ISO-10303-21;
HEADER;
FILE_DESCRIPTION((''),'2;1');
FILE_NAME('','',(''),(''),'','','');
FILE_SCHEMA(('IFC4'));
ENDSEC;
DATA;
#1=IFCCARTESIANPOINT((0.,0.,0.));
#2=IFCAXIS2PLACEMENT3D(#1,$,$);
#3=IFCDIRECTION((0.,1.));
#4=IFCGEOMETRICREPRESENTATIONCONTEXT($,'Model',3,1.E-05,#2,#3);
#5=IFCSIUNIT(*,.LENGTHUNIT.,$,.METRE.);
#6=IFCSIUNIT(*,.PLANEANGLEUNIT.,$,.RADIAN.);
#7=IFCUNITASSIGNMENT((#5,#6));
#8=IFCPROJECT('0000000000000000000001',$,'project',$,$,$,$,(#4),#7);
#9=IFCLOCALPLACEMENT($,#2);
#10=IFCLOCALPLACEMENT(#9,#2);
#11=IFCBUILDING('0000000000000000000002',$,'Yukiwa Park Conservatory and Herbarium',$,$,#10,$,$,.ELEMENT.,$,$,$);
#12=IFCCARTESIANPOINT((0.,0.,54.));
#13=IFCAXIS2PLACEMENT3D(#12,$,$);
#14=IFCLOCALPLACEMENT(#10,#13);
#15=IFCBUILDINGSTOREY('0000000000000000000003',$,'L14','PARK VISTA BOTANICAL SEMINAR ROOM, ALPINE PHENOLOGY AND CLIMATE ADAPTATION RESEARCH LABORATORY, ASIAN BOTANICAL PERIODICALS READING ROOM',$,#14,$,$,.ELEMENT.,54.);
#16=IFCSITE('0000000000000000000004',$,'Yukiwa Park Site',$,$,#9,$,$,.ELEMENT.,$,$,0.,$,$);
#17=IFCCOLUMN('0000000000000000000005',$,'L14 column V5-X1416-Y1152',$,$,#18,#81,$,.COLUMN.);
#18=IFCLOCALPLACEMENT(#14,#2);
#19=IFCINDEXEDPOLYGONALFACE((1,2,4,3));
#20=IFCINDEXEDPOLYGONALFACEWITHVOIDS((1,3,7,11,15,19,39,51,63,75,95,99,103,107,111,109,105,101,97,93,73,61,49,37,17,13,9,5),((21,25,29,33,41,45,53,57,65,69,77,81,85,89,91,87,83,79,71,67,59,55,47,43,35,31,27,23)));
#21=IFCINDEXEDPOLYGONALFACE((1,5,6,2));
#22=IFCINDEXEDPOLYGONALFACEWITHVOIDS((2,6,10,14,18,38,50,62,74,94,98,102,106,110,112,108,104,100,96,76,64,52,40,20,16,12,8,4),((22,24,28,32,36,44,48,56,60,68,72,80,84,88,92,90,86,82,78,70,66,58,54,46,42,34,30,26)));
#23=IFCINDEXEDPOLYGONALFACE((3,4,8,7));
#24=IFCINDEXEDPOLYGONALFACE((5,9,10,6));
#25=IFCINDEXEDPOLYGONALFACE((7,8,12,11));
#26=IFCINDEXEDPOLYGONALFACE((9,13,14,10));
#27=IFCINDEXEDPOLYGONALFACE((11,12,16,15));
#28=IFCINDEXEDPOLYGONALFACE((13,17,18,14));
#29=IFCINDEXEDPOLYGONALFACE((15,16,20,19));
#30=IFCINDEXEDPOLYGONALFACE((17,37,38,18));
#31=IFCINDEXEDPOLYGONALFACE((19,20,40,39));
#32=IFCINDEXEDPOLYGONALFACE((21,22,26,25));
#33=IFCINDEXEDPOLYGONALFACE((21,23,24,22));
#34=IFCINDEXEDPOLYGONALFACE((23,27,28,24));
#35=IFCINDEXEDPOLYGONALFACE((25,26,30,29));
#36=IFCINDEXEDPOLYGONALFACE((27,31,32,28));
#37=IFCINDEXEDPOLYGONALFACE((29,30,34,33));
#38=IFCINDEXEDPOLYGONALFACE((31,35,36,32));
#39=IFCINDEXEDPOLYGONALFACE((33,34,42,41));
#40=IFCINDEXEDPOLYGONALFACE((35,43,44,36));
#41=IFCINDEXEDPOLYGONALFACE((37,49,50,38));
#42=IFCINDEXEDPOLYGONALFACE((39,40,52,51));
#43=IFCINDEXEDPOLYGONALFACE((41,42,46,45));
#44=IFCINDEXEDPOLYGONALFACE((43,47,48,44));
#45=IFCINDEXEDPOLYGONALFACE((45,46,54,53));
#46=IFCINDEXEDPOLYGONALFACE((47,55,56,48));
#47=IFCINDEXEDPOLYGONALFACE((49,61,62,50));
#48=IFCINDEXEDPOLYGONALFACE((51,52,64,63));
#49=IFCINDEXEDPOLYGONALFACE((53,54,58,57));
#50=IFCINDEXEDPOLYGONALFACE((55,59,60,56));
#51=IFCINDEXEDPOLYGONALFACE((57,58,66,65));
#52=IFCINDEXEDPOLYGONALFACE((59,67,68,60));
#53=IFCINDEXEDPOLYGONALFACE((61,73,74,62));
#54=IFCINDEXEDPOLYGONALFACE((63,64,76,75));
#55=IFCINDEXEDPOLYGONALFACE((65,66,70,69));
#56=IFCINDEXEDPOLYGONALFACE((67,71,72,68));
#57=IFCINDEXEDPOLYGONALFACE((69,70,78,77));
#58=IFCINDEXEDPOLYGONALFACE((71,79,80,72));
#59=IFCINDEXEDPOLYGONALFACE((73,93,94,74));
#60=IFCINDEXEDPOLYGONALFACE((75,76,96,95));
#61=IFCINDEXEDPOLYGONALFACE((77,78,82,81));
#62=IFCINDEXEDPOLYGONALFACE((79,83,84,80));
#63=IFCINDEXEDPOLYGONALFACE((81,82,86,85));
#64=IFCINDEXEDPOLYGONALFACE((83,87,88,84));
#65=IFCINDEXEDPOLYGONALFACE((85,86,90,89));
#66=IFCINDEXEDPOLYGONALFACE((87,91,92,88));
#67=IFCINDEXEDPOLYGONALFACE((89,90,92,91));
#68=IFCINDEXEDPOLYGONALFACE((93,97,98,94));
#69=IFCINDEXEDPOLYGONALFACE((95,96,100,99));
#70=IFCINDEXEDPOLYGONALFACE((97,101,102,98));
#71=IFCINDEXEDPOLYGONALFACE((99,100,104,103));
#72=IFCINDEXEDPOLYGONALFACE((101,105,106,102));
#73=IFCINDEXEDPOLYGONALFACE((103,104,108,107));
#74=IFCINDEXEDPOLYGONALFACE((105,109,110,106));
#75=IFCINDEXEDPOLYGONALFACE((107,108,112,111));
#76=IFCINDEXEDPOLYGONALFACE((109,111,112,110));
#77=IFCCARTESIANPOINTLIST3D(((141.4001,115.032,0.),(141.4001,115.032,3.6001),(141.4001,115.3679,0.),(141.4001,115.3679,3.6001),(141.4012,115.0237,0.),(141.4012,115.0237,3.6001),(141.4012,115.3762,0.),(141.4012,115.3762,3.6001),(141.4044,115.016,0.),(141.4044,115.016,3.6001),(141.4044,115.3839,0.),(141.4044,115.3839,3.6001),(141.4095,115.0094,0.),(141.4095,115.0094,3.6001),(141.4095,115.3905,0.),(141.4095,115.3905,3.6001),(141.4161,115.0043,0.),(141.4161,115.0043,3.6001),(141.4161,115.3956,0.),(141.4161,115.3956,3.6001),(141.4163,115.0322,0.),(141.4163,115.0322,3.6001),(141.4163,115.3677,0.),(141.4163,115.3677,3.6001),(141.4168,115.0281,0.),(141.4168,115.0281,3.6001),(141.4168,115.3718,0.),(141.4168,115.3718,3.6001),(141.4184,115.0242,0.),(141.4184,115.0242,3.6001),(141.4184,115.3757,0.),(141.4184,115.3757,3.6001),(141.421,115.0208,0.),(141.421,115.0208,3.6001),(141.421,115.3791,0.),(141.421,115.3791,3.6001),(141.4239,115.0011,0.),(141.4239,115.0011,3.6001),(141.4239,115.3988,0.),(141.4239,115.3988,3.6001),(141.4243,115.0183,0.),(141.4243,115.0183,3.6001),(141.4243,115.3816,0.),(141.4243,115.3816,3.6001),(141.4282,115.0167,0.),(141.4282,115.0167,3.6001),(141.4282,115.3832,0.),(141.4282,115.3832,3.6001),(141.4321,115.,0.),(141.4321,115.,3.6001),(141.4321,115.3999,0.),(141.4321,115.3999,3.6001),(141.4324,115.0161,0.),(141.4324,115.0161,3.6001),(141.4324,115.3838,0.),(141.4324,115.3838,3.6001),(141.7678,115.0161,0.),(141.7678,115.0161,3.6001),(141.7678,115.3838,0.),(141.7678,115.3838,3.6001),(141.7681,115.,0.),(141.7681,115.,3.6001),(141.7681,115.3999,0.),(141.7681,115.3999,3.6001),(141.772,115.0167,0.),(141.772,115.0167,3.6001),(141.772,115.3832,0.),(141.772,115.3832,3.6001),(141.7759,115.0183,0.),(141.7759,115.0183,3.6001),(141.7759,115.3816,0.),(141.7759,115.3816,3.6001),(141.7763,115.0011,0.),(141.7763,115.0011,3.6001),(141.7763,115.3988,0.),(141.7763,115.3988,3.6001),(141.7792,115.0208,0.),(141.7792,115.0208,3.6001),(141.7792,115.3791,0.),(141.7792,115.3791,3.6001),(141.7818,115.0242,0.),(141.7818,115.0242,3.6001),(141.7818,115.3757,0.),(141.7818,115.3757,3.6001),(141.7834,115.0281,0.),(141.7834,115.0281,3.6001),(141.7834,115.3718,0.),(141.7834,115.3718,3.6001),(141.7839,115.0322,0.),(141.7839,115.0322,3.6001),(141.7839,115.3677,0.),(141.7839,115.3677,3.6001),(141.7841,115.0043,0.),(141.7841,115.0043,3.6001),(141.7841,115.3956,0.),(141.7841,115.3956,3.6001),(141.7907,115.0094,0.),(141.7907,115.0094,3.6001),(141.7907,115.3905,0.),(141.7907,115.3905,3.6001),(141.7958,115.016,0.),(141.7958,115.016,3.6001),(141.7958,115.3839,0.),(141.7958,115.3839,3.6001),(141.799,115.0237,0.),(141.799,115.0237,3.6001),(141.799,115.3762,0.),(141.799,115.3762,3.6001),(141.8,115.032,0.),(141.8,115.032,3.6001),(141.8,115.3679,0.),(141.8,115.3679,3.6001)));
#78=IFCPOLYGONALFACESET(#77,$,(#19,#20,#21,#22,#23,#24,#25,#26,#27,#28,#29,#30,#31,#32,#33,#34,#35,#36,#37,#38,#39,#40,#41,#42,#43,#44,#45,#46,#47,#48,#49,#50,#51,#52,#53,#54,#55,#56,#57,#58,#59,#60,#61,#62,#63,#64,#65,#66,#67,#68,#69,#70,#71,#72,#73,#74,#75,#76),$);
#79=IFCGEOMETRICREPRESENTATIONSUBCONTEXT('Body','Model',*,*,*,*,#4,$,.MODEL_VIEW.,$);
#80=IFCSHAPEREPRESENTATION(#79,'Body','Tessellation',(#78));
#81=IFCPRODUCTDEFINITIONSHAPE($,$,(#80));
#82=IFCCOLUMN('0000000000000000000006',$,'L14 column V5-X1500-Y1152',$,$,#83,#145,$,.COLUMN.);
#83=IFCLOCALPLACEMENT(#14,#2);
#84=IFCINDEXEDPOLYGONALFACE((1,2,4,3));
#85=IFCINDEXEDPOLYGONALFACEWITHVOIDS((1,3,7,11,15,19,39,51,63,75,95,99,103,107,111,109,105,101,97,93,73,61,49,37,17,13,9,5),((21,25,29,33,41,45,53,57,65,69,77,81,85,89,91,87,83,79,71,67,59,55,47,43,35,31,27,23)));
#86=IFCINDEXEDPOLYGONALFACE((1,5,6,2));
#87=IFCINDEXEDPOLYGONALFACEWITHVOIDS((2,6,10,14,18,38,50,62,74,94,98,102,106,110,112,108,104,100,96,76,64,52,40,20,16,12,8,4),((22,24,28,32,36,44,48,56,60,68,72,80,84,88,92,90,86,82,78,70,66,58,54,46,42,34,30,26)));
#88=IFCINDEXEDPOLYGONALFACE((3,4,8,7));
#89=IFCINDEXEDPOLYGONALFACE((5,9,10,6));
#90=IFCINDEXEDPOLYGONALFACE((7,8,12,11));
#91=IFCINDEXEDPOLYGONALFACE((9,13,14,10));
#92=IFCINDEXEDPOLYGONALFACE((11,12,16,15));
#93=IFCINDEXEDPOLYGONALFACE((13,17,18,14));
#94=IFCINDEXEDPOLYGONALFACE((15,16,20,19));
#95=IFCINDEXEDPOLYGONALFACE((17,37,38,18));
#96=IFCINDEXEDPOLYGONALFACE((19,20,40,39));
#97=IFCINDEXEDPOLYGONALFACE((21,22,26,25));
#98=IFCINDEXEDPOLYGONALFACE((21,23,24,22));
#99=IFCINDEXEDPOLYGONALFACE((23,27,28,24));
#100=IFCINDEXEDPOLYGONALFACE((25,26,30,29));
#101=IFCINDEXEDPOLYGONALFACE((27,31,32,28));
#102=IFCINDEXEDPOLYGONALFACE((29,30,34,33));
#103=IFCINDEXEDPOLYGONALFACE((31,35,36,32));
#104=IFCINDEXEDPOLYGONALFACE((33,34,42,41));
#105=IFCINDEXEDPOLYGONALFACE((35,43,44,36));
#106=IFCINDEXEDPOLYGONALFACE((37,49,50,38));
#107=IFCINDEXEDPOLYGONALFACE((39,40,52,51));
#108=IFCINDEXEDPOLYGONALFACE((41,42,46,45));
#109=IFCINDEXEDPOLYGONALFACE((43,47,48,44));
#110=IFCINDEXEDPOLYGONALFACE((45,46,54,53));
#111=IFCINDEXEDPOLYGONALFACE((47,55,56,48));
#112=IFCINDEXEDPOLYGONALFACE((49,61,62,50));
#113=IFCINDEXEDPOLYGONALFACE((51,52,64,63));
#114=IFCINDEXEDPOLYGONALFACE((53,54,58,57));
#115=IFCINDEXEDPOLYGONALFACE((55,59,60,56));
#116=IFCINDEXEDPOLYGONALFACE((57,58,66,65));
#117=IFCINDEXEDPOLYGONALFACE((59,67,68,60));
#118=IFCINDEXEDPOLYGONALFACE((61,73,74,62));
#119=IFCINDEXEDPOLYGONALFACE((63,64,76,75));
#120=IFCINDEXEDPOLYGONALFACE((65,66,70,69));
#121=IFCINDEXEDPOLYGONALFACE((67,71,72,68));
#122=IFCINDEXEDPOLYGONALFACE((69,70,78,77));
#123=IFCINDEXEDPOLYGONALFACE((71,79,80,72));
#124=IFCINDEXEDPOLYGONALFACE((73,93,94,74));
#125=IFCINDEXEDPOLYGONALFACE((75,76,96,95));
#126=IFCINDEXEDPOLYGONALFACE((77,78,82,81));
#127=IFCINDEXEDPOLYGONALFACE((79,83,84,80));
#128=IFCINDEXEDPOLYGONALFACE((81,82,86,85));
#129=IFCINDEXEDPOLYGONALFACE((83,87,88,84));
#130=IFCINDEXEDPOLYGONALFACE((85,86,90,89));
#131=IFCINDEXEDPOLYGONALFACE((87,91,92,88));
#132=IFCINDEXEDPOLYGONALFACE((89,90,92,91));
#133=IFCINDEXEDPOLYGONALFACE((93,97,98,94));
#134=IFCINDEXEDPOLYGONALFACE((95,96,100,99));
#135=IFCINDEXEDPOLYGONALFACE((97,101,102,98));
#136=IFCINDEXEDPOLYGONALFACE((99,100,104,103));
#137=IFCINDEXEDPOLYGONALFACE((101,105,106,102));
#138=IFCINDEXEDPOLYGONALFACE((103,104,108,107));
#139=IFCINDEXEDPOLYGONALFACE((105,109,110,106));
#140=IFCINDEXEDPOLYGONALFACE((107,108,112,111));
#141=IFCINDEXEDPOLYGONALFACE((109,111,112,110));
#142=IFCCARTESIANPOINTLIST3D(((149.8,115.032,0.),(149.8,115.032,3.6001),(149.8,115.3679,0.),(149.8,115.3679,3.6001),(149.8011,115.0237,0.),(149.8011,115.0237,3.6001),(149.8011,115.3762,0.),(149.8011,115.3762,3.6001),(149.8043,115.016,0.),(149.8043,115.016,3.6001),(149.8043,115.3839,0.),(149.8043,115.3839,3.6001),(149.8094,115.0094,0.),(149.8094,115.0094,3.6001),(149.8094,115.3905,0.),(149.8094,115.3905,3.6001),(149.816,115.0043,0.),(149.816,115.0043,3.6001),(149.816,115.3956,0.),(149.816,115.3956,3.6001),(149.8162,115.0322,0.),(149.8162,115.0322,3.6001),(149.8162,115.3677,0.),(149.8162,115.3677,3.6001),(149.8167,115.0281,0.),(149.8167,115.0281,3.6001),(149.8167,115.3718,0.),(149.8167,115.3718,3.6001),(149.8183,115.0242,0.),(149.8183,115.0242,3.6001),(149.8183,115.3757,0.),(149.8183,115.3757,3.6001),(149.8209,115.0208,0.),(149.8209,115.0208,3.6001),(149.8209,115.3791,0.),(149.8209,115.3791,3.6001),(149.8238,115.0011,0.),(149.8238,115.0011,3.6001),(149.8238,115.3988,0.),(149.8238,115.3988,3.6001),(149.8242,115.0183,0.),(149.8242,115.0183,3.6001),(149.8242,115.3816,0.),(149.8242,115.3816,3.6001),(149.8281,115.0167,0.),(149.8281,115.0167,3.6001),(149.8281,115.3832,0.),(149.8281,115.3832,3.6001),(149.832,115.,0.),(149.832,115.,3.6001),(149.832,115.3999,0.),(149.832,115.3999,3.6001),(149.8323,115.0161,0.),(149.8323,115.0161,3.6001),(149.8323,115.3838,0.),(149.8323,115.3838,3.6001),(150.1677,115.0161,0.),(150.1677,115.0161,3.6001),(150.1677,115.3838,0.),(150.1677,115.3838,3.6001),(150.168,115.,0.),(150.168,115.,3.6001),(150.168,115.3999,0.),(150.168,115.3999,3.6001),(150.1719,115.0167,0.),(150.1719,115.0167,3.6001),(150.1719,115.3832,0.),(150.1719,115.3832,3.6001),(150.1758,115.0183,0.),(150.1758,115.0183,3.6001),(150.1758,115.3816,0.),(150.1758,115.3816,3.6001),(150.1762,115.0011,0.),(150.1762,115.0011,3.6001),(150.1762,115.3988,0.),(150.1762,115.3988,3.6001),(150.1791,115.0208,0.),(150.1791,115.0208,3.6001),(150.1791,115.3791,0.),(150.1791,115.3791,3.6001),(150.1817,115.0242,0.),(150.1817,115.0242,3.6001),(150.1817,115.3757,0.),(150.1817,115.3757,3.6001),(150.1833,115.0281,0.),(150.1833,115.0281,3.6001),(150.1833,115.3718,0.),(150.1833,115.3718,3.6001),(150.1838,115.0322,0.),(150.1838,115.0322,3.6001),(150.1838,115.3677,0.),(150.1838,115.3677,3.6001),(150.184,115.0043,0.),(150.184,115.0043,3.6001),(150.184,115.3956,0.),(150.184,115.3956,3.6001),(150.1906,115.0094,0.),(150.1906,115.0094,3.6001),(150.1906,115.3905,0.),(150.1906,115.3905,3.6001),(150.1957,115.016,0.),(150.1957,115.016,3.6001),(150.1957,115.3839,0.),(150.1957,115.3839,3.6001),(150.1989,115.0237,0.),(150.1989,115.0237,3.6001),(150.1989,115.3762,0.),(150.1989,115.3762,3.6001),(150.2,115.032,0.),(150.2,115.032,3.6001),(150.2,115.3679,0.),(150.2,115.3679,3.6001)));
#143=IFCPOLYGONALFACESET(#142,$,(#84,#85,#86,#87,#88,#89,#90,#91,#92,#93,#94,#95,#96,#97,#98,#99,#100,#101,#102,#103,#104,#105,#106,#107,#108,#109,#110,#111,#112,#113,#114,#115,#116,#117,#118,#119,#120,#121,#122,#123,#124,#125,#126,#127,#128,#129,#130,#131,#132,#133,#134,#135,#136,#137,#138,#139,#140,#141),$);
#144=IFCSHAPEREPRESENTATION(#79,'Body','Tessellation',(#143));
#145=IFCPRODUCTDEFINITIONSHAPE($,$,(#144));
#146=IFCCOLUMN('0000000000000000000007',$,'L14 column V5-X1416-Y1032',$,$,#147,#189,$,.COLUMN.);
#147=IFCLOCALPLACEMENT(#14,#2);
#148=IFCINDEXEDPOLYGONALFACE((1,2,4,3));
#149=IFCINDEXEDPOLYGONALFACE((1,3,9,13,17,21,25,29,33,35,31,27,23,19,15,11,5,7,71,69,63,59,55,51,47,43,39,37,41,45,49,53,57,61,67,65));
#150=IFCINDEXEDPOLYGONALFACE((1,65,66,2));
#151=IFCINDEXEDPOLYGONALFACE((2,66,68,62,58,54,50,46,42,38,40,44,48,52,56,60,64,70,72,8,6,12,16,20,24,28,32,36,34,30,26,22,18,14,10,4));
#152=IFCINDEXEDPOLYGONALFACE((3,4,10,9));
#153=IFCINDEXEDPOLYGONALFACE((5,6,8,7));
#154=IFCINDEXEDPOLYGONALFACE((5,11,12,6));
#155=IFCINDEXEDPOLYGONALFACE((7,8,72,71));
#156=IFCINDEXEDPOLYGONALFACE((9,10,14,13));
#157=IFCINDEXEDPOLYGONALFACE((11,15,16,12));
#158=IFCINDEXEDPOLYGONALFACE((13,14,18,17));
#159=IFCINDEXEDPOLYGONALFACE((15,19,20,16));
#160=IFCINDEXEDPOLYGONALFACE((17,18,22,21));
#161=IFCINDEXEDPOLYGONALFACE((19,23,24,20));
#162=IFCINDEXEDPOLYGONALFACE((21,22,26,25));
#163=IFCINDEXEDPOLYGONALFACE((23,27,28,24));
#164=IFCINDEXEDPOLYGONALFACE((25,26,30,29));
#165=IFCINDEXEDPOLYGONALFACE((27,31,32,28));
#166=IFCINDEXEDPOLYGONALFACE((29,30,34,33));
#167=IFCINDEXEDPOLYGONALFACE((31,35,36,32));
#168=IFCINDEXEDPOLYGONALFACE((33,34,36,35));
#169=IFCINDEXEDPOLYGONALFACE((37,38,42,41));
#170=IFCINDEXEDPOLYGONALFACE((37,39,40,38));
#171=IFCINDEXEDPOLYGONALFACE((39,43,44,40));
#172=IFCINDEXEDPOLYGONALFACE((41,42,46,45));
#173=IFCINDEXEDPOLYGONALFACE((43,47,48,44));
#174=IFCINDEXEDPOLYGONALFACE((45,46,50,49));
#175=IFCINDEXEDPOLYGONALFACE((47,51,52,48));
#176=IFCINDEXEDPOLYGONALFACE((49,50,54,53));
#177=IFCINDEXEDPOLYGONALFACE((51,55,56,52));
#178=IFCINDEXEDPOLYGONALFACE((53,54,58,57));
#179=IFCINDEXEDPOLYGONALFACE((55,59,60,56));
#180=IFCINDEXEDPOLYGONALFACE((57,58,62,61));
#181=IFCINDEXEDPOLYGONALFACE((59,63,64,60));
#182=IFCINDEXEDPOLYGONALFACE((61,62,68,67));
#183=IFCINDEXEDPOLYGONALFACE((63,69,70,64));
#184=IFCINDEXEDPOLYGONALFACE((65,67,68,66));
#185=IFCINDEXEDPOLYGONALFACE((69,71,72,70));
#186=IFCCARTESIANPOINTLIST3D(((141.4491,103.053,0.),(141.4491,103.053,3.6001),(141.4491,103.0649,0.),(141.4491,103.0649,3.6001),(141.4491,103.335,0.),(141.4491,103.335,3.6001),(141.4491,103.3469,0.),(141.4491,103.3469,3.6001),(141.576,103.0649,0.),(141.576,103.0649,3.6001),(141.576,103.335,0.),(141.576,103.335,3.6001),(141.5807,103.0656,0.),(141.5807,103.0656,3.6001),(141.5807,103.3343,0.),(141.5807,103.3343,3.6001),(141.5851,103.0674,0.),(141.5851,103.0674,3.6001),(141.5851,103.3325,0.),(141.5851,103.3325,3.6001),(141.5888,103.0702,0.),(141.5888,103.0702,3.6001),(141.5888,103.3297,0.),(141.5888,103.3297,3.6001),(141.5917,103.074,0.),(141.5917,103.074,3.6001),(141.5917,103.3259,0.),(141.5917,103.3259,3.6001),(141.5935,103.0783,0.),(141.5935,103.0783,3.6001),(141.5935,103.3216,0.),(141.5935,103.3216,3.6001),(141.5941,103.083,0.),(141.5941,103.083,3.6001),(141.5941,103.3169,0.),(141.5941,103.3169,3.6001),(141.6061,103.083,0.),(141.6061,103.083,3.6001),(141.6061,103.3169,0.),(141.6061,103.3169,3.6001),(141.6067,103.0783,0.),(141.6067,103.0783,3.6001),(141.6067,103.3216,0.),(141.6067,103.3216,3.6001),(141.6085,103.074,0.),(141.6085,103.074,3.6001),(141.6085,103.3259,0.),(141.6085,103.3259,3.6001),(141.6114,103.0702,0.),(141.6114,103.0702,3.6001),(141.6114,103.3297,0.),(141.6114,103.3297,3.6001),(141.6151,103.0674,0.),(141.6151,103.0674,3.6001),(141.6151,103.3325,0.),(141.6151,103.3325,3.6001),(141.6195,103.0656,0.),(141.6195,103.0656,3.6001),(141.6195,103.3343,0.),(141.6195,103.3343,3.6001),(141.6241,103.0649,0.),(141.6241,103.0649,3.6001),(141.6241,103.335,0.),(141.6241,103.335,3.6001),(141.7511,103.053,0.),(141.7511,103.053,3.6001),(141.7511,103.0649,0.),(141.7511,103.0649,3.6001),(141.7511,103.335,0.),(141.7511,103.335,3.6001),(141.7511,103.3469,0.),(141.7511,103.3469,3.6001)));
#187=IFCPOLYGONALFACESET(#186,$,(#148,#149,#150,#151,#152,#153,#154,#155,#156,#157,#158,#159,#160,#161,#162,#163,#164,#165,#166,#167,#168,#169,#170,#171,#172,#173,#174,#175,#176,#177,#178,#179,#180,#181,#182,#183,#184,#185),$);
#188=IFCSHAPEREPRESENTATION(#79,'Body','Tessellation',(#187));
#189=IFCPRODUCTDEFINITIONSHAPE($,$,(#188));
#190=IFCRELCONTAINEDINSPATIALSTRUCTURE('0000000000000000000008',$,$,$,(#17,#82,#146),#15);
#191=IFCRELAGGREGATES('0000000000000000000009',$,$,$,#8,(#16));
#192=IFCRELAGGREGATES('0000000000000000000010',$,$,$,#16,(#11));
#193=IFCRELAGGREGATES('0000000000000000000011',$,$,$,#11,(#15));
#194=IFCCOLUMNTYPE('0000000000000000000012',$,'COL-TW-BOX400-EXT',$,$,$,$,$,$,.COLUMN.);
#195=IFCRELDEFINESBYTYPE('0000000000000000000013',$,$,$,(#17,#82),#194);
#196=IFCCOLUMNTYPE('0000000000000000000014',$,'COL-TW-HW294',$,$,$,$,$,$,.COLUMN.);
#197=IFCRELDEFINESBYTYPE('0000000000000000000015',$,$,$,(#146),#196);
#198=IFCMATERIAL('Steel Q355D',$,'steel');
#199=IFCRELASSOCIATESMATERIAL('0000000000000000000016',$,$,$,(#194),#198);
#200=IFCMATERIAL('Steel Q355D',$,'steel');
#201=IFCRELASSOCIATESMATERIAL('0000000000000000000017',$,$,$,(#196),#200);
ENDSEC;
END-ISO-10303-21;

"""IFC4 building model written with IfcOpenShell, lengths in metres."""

from ifc_helpers import new_model, si_unit, direction, frame, origin, origin_2d, place, context, subcontext, project, spatial, hollow_rectangle, i_section, extrude, material, material_profile, profile_set, type_object, element, save


model = new_model("IFC4")

# Units and contexts
model_context = context("Model", 3, precision=1e-05, world=origin(), true_north=direction((0.0, 1.0)))
body_context = subcontext(model_context, "Body", "Model", "MODEL_VIEW")
ifc_project = project(units=[si_unit("LENGTHUNIT", "METRE"), si_unit("PLANEANGLEUNIT", "RADIAN")], contexts=[model_context])

# Site, building, storey
site_placement = place(None, origin())
site = spatial("IfcSite", under=ifc_project, at=site_placement, Name="Yukiwa Park Site", CompositionType="ELEMENT", RefElevation=0.0)
building_placement = place(site_placement, origin())
building = spatial("IfcBuilding", under=site, at=building_placement, Name="Yukiwa Park Conservatory and Herbarium", CompositionType="ELEMENT")
storey_placement = place(building_placement, frame((0.0, 0.0, 54.0)))
storey = spatial("IfcBuildingStorey", under=building, at=storey_placement, Name="L14", Description="PARK VISTA BOTANICAL SEMINAR ROOM, ALPINE PHENOLOGY AND CLIMATE ADAPTATION RESEARCH LABORATORY, ASIAN BOTANICAL PERIODICALS READING ROOM", CompositionType="ELEMENT", Elevation=54.0)

# Columns
ifc_material_1 = material(Name="Steel Q355D", Category="steel")
ifc_material_profile_1 = material_profile(ifc_material_1, hollow_rectangle(XDim=0.3999, YDim=0.3999, WallThickness=0.0161, InnerFilletRadius=0.0161, OuterFilletRadius=0.032, at=origin_2d()), Name="BOX 400x400x16")
ifc_profile_set_1 = profile_set([ifc_material_profile_1], Name="Steel Q355D")
column_type_1 = type_object("IfcColumnType", Name="COL-TW-BOX400-EXT", PredefinedType="COLUMN", material=ifc_profile_set_1)
for number, where, z_axis, x_axis, name in (
    (1, (141.6001, 115.2, 0.0), (0.0, 0.0, 1.0), (1.0, 0.0, 0.0), "L14 column V5-X1416-Y1152"),
    (2, (150.0, 115.2, 0.0), (0.0, 0.0, 1.0), (1.0, 0.0, 0.0), "L14 column V5-X1500-Y1152"),
):
    element("IfcColumn", number, at=place(storey_placement, frame(where, z_axis=z_axis, x_axis=x_axis)), inside=storey, type_object=column_type_1, Name=name, PredefinedType="COLUMN", context=body_context, shape_type="SweptSolid", body=[
        extrude(hollow_rectangle(XDim=0.3999, YDim=0.3999, WallThickness=0.0161, InnerFilletRadius=0.0161, OuterFilletRadius=0.032, at=origin_2d()), origin(), (0.0, 0.0, 1.0), 3.6001),
    ])
ifc_material_2 = material(Name="Steel Q355D", Category="steel")
ifc_material_profile_2 = material_profile(ifc_material_2, i_section(OverallWidth=0.302, OverallDepth=0.2939, WebThickness=0.012, FlangeThickness=0.012, FilletRadius=0.0181, at=origin_2d()), Name="HW 294x302x12x12")
ifc_profile_set_2 = profile_set([ifc_material_profile_2], Name="Steel Q355D")
column_type_2 = type_object("IfcColumnType", Name="COL-TW-HW294", PredefinedType="COLUMN", material=ifc_profile_set_2)
for number, where, z_axis, x_axis, name in (
    (3, (141.6001, 103.2, 0.0), (0.0, 0.0, 1.0), (1.0, 0.0, 0.0), "L14 column V5-X1416-Y1032"),
):
    element("IfcColumn", number, at=place(storey_placement, frame(where, z_axis=z_axis, x_axis=x_axis)), inside=storey, type_object=column_type_2, Name=name, PredefinedType="COLUMN", context=body_context, shape_type="SweptSolid", body=[
        extrude(i_section(OverallWidth=0.302, OverallDepth=0.2939, WebThickness=0.012, FlangeThickness=0.012, FilletRadius=0.0181, at=origin_2d()), origin(), (0.0, 0.0, 1.0), 3.6001),
    ])

save(model, "model.ifc")
